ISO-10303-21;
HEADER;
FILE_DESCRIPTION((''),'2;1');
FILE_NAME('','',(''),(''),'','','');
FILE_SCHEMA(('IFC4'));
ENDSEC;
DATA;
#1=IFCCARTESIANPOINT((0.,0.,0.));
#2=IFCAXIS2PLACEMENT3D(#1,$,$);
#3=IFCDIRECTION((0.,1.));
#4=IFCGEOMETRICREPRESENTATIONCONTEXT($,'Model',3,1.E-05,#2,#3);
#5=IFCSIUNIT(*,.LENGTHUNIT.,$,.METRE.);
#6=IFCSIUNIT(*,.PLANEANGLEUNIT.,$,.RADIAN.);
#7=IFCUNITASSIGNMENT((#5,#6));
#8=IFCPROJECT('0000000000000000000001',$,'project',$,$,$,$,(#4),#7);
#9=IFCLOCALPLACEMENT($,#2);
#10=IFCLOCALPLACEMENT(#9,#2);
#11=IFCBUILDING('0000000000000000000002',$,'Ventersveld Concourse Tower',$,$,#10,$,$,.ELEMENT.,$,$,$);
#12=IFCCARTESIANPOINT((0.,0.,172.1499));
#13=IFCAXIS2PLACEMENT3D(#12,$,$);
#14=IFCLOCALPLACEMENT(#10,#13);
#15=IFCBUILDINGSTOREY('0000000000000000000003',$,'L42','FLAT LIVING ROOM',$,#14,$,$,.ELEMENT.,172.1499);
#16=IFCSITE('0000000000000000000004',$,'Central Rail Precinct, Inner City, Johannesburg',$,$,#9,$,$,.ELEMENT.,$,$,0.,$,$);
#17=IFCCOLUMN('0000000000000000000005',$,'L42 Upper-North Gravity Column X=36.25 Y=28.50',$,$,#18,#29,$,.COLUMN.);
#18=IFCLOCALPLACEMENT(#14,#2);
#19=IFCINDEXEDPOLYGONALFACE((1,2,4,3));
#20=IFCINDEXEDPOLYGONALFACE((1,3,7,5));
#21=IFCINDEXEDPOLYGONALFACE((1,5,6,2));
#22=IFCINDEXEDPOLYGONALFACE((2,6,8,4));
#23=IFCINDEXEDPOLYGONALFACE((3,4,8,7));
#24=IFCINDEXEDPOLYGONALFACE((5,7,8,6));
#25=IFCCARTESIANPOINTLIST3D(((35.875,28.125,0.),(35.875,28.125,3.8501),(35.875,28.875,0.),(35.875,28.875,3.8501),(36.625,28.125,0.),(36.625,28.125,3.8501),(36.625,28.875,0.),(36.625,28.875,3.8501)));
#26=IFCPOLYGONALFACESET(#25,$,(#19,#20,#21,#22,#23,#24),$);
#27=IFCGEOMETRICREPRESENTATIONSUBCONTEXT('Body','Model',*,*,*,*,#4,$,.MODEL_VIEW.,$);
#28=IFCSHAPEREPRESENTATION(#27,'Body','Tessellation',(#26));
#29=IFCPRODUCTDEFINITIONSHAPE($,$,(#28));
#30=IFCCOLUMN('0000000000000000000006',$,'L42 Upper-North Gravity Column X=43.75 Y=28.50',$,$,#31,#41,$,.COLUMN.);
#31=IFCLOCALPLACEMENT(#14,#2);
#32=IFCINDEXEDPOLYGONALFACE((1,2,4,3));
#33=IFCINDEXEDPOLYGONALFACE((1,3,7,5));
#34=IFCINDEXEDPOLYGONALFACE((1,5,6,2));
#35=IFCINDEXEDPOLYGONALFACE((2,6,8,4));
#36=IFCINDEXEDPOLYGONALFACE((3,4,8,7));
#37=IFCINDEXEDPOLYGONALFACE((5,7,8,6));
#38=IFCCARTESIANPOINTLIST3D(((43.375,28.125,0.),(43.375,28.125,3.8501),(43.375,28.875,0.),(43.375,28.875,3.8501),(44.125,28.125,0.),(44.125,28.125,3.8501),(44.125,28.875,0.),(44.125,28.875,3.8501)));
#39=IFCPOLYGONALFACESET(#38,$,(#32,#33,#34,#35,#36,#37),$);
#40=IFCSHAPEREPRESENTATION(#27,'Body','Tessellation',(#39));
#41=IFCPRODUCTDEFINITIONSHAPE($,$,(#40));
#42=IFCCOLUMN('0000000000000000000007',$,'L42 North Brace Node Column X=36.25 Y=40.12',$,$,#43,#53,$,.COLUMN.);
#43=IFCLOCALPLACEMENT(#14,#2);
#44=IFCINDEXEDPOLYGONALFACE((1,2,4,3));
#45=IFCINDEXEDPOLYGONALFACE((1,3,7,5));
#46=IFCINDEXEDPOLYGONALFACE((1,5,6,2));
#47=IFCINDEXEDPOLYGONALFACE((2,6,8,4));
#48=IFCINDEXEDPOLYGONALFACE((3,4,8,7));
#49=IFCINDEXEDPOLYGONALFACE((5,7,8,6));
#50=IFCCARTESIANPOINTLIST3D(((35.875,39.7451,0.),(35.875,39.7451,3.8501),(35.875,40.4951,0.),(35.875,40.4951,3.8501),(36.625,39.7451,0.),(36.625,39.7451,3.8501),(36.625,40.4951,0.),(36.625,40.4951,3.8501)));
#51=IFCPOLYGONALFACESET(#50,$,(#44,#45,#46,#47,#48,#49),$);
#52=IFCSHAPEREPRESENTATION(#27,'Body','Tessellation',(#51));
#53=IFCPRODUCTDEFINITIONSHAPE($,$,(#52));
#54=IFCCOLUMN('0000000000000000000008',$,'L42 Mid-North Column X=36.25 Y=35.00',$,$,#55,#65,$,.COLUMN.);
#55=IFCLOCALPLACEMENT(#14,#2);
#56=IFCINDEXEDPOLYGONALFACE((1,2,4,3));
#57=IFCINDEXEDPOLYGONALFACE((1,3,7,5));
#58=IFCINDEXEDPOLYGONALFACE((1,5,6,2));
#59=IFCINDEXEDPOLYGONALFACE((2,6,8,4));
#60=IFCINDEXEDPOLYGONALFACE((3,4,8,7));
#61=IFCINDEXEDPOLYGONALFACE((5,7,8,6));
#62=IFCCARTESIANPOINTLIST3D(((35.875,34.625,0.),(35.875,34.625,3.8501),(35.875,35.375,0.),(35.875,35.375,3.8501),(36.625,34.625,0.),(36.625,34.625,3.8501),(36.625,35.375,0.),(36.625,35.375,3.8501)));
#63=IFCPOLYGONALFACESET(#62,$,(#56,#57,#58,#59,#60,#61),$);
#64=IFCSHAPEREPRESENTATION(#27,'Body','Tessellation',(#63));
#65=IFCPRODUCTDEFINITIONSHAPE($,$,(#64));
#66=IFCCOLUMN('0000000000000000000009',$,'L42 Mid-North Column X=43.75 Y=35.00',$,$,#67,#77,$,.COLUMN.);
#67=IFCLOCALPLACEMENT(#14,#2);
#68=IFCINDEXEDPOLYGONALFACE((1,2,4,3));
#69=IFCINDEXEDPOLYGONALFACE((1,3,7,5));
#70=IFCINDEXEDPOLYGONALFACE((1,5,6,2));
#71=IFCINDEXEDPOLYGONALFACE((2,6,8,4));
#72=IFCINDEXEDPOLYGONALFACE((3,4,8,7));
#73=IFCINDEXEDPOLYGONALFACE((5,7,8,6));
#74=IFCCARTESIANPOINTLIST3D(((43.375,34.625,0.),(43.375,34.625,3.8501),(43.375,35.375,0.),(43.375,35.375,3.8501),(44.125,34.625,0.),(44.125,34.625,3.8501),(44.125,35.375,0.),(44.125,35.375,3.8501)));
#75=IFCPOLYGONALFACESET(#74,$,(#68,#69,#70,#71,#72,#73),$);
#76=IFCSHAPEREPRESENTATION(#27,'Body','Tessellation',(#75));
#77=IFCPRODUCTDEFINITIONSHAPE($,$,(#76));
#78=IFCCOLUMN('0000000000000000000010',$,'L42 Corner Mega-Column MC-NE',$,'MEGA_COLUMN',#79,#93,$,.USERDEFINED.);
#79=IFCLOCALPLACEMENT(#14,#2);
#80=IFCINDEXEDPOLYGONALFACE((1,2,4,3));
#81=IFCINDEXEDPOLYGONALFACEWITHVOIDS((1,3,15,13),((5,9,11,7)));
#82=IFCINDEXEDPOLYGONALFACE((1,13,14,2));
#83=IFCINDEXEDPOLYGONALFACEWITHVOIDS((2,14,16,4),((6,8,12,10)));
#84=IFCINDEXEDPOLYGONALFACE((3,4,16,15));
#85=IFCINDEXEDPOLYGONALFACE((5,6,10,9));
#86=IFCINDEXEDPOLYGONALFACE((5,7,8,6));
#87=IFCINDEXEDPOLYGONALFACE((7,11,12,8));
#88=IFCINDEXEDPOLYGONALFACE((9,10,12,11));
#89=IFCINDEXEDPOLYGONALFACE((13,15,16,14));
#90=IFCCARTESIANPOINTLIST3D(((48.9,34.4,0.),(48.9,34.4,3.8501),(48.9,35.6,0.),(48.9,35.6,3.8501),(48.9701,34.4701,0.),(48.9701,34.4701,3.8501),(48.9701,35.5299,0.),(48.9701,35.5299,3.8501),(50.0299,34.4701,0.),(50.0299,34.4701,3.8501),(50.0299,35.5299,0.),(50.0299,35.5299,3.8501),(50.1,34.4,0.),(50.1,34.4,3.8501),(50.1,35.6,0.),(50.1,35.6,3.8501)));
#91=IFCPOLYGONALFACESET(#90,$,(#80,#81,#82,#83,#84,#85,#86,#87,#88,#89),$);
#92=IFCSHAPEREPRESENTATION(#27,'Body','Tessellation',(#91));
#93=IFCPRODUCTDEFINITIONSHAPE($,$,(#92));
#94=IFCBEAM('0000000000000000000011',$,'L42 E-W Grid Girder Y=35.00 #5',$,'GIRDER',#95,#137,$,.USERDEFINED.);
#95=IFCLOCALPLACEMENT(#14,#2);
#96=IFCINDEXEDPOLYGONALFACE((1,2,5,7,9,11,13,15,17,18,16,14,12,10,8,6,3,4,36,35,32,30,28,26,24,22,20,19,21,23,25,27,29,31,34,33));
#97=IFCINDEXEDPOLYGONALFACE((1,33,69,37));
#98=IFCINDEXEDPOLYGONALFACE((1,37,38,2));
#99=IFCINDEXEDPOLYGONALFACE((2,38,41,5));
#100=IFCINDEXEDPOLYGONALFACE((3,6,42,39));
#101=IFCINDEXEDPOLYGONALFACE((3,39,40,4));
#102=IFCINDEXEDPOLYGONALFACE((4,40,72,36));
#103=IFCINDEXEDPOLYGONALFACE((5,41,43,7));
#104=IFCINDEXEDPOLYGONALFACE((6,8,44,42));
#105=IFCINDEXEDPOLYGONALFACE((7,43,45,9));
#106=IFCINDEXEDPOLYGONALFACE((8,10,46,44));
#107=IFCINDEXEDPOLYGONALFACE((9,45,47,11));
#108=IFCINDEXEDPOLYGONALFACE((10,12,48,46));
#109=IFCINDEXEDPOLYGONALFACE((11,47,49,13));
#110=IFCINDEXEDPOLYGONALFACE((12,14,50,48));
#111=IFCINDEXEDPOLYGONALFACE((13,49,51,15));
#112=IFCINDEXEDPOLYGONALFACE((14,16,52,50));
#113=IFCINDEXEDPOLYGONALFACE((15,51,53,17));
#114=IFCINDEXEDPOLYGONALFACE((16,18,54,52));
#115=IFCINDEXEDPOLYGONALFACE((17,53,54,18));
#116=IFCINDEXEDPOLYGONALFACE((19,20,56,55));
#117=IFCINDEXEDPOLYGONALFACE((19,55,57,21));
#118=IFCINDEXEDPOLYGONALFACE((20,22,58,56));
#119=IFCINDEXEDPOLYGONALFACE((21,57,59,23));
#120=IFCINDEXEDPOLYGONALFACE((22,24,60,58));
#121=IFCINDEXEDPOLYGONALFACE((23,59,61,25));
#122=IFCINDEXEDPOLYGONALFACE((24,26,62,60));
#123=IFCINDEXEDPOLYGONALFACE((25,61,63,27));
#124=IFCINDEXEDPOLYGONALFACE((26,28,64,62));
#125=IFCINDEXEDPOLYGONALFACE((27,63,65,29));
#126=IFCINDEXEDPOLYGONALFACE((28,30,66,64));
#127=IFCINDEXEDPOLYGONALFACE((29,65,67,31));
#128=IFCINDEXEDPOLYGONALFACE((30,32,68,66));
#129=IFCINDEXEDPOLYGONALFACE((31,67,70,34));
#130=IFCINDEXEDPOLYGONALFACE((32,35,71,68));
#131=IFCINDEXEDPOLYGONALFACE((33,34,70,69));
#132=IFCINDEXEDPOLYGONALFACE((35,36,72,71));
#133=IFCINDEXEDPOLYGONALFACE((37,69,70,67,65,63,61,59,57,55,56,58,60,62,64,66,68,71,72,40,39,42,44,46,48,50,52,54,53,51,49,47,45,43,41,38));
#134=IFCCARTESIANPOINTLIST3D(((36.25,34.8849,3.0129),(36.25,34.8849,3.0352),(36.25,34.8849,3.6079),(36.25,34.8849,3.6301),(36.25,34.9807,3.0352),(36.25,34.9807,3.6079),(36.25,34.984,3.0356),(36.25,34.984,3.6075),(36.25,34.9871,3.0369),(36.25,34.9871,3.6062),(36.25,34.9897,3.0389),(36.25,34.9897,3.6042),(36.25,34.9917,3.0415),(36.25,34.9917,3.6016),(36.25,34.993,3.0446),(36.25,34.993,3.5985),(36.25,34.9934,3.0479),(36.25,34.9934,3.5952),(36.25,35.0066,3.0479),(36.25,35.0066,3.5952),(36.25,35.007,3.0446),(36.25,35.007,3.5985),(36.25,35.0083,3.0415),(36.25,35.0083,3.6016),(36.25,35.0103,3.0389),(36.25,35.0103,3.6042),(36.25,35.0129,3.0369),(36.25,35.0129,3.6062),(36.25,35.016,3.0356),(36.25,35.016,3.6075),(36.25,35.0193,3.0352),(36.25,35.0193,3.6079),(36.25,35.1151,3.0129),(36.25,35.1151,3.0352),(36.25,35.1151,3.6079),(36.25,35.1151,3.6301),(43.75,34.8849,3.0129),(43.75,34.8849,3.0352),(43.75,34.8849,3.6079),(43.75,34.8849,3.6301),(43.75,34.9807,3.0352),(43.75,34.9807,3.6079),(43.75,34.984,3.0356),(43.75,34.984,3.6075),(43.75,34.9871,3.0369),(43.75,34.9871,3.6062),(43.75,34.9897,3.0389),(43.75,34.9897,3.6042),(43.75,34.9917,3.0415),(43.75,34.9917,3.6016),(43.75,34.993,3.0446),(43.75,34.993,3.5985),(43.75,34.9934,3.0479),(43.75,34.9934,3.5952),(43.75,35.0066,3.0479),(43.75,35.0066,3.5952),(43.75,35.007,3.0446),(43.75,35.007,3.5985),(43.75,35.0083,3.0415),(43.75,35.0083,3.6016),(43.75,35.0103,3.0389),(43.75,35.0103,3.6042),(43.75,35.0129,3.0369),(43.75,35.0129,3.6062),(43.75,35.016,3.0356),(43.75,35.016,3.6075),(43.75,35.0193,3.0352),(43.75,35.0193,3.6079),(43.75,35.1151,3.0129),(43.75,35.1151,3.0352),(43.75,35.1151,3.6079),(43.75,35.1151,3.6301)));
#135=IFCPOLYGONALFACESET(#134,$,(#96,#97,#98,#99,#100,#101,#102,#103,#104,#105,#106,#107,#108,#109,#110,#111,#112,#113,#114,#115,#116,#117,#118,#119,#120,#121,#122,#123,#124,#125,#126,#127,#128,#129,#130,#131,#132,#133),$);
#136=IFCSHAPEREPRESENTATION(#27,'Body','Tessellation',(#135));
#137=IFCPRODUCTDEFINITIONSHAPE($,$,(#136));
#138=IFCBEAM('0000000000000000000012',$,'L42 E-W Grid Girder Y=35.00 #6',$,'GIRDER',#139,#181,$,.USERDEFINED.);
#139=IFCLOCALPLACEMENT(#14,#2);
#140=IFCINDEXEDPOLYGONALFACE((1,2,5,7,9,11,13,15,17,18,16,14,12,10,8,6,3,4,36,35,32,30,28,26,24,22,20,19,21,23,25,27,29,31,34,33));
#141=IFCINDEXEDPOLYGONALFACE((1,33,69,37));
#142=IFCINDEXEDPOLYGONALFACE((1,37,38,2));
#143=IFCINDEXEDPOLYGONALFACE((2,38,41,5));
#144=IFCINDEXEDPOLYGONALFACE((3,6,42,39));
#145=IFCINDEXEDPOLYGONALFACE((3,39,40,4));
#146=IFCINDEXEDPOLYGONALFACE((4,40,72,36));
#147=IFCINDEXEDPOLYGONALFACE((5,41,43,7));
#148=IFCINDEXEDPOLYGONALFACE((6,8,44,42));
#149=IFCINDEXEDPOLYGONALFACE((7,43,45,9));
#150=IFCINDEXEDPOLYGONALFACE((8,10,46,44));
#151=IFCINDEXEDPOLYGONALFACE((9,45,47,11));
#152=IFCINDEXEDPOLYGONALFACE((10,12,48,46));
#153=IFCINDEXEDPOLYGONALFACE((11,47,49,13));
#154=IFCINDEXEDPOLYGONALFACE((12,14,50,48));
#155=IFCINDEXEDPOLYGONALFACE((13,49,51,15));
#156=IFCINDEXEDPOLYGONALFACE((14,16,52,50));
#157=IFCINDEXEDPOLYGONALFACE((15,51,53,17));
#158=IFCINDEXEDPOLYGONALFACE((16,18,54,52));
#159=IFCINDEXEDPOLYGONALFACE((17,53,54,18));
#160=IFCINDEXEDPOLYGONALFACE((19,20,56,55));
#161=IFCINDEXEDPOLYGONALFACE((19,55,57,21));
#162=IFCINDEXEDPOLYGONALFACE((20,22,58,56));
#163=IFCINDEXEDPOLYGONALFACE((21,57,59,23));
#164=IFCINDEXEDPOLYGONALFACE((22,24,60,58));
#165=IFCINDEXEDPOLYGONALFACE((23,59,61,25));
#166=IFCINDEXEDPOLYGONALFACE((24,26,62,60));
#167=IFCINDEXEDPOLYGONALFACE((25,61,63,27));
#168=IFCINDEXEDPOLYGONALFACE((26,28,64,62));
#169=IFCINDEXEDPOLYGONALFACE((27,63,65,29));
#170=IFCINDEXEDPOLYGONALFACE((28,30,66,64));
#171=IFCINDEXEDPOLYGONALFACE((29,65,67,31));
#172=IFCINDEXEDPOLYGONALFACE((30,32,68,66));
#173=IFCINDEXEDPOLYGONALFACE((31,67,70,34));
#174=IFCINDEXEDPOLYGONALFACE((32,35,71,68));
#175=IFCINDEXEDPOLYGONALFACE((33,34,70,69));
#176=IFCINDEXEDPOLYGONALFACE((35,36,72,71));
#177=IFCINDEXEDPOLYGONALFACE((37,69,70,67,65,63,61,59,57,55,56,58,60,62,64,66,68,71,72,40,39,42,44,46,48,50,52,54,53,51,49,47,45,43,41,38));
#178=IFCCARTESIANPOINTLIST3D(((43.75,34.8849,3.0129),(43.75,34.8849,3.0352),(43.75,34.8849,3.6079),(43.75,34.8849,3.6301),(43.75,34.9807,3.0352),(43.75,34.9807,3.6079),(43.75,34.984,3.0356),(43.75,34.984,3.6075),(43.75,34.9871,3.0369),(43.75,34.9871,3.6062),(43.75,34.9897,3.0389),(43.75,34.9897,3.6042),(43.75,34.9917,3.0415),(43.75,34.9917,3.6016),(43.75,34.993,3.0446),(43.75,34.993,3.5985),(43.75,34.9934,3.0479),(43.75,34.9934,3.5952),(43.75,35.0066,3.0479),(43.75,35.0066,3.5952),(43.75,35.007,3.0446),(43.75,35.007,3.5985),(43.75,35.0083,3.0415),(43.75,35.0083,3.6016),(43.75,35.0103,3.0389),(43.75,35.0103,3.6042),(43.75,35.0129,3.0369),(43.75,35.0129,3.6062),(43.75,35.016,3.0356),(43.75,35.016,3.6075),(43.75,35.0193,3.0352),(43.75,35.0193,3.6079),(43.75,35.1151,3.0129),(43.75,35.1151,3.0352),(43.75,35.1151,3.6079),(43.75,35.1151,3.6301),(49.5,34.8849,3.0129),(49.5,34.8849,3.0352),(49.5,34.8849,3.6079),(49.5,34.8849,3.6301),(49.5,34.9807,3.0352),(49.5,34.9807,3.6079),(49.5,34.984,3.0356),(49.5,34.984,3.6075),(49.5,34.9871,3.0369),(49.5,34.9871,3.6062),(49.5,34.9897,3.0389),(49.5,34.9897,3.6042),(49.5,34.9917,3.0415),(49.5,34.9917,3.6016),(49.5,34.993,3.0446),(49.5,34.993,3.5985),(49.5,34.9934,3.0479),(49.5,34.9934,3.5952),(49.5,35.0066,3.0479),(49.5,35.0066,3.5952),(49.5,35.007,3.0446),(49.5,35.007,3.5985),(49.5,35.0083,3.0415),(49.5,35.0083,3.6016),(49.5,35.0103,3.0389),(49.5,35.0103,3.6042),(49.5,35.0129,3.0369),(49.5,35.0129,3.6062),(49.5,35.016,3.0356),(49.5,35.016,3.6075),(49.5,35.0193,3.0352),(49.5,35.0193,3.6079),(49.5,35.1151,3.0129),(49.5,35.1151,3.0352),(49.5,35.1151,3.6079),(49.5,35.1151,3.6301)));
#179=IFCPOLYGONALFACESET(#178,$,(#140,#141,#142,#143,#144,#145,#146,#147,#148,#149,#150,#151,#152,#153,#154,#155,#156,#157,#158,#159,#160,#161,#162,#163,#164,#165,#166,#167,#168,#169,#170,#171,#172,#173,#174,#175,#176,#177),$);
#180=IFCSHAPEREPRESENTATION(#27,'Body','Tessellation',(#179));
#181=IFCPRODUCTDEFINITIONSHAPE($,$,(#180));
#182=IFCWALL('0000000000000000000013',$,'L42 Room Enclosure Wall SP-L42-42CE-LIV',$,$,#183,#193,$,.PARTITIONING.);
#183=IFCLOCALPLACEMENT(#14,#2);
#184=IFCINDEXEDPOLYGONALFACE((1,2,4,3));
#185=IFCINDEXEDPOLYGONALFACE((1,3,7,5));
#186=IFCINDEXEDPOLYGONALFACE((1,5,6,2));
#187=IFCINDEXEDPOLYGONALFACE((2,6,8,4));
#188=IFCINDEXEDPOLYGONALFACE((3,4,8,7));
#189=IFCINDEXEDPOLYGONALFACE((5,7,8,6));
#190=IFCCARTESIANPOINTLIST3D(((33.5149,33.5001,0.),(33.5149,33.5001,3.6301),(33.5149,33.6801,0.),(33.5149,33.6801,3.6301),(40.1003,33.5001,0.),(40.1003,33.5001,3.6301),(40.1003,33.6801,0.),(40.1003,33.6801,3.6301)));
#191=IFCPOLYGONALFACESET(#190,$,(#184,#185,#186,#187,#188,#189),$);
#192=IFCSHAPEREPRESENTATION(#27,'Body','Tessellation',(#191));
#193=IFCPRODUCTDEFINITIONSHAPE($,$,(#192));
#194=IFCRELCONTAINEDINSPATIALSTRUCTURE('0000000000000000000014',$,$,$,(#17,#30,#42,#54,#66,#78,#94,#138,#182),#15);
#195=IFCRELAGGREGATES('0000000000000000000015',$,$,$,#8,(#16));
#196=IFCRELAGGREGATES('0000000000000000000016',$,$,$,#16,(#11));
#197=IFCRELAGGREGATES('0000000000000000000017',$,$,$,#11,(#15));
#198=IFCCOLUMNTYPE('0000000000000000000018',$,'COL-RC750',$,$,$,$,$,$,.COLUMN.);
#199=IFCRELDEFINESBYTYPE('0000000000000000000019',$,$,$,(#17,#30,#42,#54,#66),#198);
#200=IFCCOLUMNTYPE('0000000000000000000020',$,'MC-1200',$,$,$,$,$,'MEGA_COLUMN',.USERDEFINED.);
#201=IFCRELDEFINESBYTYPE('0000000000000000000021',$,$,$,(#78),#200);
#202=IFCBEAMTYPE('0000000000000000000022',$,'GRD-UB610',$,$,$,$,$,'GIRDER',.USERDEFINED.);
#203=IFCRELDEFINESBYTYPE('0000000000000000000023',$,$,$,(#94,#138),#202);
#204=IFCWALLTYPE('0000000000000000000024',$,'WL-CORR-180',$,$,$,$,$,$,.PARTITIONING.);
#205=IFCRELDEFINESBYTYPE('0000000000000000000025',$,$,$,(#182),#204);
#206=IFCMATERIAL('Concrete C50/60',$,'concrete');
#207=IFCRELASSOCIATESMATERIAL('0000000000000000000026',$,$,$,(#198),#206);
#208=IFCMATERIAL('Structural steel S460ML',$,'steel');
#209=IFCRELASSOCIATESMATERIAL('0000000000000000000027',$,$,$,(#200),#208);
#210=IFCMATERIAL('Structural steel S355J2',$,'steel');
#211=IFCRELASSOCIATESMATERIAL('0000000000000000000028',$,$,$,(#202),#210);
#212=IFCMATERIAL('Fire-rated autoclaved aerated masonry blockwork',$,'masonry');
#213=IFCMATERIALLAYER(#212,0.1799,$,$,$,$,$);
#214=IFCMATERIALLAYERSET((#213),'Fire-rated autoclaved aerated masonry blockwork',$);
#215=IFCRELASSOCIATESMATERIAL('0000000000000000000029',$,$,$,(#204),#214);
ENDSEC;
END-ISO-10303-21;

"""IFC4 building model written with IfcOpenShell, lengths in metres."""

from ifc_helpers import new_model, si_unit, direction, frame, frame_2d, origin, origin_2d, place, context, subcontext, project, spatial, rectangle, hollow_rectangle, i_section, extrude, material, layer, layer_set, material_profile, profile_set, type_object, element, save


model = new_model("IFC4")

# Units and contexts
model_context = context("Model", 3, precision=1e-05, world=origin(), true_north=direction((0.0, 1.0)))
body_context = subcontext(model_context, "Body", "Model", "MODEL_VIEW")
ifc_project = project(units=[si_unit("LENGTHUNIT", "METRE"), si_unit("PLANEANGLEUNIT", "RADIAN")], contexts=[model_context])

# Site, building, storey
site_placement = place(None, origin())
site = spatial("IfcSite", under=ifc_project, at=site_placement, Name="Central Rail Precinct, Inner City, Johannesburg", CompositionType="ELEMENT", RefElevation=0.0)
building_placement = place(site_placement, origin())
building = spatial("IfcBuilding", under=site, at=building_placement, Name="Ventersveld Concourse Tower", CompositionType="ELEMENT")
storey_placement = place(building_placement, frame((0.0, 0.0, 172.1499)))
storey = spatial("IfcBuildingStorey", under=building, at=storey_placement, Name="L42", Description="FLAT LIVING ROOM", CompositionType="ELEMENT", Elevation=172.1499)

# Columns
ifc_material_1 = material(Name="Concrete C50/60", Category="concrete")
ifc_material_profile_1 = material_profile(ifc_material_1, rectangle(XDim=0.75, YDim=0.75, at=origin_2d()), Name="RC 750x750")
ifc_profile_set_1 = profile_set([ifc_material_profile_1], Name="Concrete C50/60")
column_type_1 = type_object("IfcColumnType", Name="COL-RC750", PredefinedType="COLUMN", material=ifc_profile_set_1)
for number, where, z_axis, x_axis, name in (
    (1, (36.25, 28.5, 0.0), (0.0, 0.0, 1.0), (1.0, 0.0, 0.0), "L42 Upper-North Gravity Column X=36.25 Y=28.50"),
    (2, (43.75, 28.5, 0.0), (0.0, 0.0, 1.0), (1.0, 0.0, 0.0), "L42 Upper-North Gravity Column X=43.75 Y=28.50"),
    (3, (36.25, 40.1201, 0.0), (0.0, 0.0, 1.0), (1.0, 0.0, 0.0), "L42 North Brace Node Column X=36.25 Y=40.12"),
    (4, (36.25, 35.0, 0.0), (0.0, 0.0, 1.0), (1.0, 0.0, 0.0), "L42 Mid-North Column X=36.25 Y=35.00"),
    (5, (43.75, 35.0, 0.0), (0.0, 0.0, 1.0), (1.0, 0.0, 0.0), "L42 Mid-North Column X=43.75 Y=35.00"),
):
    element("IfcColumn", number, at=place(storey_placement, frame(where, z_axis=z_axis, x_axis=x_axis)), inside=storey, type_object=column_type_1, Name=name, PredefinedType="COLUMN", context=body_context, shape_type="SweptSolid", body=[
        extrude(rectangle(XDim=0.75, YDim=0.75, at=origin_2d()), origin(), (0.0, 0.0, 1.0), 3.8501),
    ])
ifc_material_2 = material(Name="Structural steel S460ML", Category="steel")
ifc_material_profile_2 = material_profile(ifc_material_2, hollow_rectangle(XDim=1.2, YDim=1.2, WallThickness=0.0701, at=origin_2d()), Name="BOX 1200x1200x70")
ifc_profile_set_2 = profile_set([ifc_material_profile_2], Name="Structural steel S460ML")
column_type_2 = type_object("IfcColumnType", Name="MC-1200", ElementType="MEGA_COLUMN", PredefinedType="USERDEFINED", material=ifc_profile_set_2)
column_placement = place(storey_placement, frame((49.5, 35.0, 0.0), z_axis=(0.0, 0.0, 1.0), x_axis=(1.0, 0.0, 0.0)))
element("IfcColumn", 6, at=column_placement, inside=storey, type_object=column_type_2, Name="L42 Corner Mega-Column MC-NE", ObjectType="MEGA_COLUMN", PredefinedType="USERDEFINED", context=body_context, shape_type="SweptSolid", body=[
    extrude(hollow_rectangle(XDim=1.2, YDim=1.2, WallThickness=0.0701, at=origin_2d()), origin(), (0.0, 0.0, 1.0), 3.8501),
])

# Beams
ifc_material_3 = material(Name="Structural steel S355J2", Category="steel")
ifc_material_profile_3 = material_profile(ifc_material_3, i_section(OverallWidth=0.2302, OverallDepth=0.6172, WebThickness=0.0132, FlangeThickness=0.0222, FilletRadius=0.0127, at=origin_2d()), Name="UB 610x229x140")
ifc_profile_set_3 = profile_set([ifc_material_profile_3], Name="Structural steel S355J2")
beam_type = type_object("IfcBeamType", Name="GRD-UB610", ElementType="GIRDER", PredefinedType="USERDEFINED", material=ifc_profile_set_3)
beam_1_placement = place(storey_placement, frame((36.25, 35.0, 3.3215), z_axis=(1.0, 0.0, 0.0), x_axis=(0.0, 1.0, 0.0)))
element("IfcBeam", 7, at=beam_1_placement, inside=storey, type_object=beam_type, Name="L42 E-W Grid Girder Y=35.00 #5", ObjectType="GIRDER", PredefinedType="USERDEFINED", context=body_context, shape_type="SweptSolid", body=[
    extrude(i_section(OverallWidth=0.2302, OverallDepth=0.6172, WebThickness=0.0132, FlangeThickness=0.0222, FilletRadius=0.0127, at=origin_2d()), origin(), (0.0, 0.0, 1.0), 7.5),
])
beam_2_placement = place(storey_placement, frame((43.75, 35.0, 3.3215), z_axis=(1.0, 0.0, 0.0), x_axis=(0.0, 1.0, 0.0)))
element("IfcBeam", 8, at=beam_2_placement, inside=storey, type_object=beam_type, Name="L42 E-W Grid Girder Y=35.00 #6", ObjectType="GIRDER", PredefinedType="USERDEFINED", context=body_context, shape_type="SweptSolid", body=[
    extrude(i_section(OverallWidth=0.2302, OverallDepth=0.6172, WebThickness=0.0132, FlangeThickness=0.0222, FilletRadius=0.0127, at=origin_2d()), origin(), (0.0, 0.0, 1.0), 5.75),
])

# Wall
ifc_material_4 = material(Name="Fire-rated autoclaved aerated masonry blockwork", Category="masonry")
ifc_layer_1 = layer(ifc_material_4, 0.1799)
ifc_layer_set_1 = layer_set([ifc_layer_1], Name="Fire-rated autoclaved aerated masonry blockwork")
wall_type_1 = type_object("IfcWallType", Name="WL-CORR-180", PredefinedType="PARTITIONING", material=ifc_layer_set_1)
wall_1_placement = place(storey_placement, frame((40.1003, 33.5901, 0.0), z_axis=(0.0, 0.0, 1.0), x_axis=(-1.0, 0.0, 0.0)))
element("IfcWall", 9, at=wall_1_placement, inside=storey, type_object=wall_type_1, Name="L42 Room Enclosure Wall SP-L42-42CE-LIV", PredefinedType="PARTITIONING", context=body_context, shape_type="SweptSolid", body=[
    extrude(rectangle(XDim=6.5854, YDim=0.1799, at=frame_2d((3.2927, 0.0))), origin(), (0.0, 0.0, 1.0), 3.6301),
])

save(model, "model.ifc")
